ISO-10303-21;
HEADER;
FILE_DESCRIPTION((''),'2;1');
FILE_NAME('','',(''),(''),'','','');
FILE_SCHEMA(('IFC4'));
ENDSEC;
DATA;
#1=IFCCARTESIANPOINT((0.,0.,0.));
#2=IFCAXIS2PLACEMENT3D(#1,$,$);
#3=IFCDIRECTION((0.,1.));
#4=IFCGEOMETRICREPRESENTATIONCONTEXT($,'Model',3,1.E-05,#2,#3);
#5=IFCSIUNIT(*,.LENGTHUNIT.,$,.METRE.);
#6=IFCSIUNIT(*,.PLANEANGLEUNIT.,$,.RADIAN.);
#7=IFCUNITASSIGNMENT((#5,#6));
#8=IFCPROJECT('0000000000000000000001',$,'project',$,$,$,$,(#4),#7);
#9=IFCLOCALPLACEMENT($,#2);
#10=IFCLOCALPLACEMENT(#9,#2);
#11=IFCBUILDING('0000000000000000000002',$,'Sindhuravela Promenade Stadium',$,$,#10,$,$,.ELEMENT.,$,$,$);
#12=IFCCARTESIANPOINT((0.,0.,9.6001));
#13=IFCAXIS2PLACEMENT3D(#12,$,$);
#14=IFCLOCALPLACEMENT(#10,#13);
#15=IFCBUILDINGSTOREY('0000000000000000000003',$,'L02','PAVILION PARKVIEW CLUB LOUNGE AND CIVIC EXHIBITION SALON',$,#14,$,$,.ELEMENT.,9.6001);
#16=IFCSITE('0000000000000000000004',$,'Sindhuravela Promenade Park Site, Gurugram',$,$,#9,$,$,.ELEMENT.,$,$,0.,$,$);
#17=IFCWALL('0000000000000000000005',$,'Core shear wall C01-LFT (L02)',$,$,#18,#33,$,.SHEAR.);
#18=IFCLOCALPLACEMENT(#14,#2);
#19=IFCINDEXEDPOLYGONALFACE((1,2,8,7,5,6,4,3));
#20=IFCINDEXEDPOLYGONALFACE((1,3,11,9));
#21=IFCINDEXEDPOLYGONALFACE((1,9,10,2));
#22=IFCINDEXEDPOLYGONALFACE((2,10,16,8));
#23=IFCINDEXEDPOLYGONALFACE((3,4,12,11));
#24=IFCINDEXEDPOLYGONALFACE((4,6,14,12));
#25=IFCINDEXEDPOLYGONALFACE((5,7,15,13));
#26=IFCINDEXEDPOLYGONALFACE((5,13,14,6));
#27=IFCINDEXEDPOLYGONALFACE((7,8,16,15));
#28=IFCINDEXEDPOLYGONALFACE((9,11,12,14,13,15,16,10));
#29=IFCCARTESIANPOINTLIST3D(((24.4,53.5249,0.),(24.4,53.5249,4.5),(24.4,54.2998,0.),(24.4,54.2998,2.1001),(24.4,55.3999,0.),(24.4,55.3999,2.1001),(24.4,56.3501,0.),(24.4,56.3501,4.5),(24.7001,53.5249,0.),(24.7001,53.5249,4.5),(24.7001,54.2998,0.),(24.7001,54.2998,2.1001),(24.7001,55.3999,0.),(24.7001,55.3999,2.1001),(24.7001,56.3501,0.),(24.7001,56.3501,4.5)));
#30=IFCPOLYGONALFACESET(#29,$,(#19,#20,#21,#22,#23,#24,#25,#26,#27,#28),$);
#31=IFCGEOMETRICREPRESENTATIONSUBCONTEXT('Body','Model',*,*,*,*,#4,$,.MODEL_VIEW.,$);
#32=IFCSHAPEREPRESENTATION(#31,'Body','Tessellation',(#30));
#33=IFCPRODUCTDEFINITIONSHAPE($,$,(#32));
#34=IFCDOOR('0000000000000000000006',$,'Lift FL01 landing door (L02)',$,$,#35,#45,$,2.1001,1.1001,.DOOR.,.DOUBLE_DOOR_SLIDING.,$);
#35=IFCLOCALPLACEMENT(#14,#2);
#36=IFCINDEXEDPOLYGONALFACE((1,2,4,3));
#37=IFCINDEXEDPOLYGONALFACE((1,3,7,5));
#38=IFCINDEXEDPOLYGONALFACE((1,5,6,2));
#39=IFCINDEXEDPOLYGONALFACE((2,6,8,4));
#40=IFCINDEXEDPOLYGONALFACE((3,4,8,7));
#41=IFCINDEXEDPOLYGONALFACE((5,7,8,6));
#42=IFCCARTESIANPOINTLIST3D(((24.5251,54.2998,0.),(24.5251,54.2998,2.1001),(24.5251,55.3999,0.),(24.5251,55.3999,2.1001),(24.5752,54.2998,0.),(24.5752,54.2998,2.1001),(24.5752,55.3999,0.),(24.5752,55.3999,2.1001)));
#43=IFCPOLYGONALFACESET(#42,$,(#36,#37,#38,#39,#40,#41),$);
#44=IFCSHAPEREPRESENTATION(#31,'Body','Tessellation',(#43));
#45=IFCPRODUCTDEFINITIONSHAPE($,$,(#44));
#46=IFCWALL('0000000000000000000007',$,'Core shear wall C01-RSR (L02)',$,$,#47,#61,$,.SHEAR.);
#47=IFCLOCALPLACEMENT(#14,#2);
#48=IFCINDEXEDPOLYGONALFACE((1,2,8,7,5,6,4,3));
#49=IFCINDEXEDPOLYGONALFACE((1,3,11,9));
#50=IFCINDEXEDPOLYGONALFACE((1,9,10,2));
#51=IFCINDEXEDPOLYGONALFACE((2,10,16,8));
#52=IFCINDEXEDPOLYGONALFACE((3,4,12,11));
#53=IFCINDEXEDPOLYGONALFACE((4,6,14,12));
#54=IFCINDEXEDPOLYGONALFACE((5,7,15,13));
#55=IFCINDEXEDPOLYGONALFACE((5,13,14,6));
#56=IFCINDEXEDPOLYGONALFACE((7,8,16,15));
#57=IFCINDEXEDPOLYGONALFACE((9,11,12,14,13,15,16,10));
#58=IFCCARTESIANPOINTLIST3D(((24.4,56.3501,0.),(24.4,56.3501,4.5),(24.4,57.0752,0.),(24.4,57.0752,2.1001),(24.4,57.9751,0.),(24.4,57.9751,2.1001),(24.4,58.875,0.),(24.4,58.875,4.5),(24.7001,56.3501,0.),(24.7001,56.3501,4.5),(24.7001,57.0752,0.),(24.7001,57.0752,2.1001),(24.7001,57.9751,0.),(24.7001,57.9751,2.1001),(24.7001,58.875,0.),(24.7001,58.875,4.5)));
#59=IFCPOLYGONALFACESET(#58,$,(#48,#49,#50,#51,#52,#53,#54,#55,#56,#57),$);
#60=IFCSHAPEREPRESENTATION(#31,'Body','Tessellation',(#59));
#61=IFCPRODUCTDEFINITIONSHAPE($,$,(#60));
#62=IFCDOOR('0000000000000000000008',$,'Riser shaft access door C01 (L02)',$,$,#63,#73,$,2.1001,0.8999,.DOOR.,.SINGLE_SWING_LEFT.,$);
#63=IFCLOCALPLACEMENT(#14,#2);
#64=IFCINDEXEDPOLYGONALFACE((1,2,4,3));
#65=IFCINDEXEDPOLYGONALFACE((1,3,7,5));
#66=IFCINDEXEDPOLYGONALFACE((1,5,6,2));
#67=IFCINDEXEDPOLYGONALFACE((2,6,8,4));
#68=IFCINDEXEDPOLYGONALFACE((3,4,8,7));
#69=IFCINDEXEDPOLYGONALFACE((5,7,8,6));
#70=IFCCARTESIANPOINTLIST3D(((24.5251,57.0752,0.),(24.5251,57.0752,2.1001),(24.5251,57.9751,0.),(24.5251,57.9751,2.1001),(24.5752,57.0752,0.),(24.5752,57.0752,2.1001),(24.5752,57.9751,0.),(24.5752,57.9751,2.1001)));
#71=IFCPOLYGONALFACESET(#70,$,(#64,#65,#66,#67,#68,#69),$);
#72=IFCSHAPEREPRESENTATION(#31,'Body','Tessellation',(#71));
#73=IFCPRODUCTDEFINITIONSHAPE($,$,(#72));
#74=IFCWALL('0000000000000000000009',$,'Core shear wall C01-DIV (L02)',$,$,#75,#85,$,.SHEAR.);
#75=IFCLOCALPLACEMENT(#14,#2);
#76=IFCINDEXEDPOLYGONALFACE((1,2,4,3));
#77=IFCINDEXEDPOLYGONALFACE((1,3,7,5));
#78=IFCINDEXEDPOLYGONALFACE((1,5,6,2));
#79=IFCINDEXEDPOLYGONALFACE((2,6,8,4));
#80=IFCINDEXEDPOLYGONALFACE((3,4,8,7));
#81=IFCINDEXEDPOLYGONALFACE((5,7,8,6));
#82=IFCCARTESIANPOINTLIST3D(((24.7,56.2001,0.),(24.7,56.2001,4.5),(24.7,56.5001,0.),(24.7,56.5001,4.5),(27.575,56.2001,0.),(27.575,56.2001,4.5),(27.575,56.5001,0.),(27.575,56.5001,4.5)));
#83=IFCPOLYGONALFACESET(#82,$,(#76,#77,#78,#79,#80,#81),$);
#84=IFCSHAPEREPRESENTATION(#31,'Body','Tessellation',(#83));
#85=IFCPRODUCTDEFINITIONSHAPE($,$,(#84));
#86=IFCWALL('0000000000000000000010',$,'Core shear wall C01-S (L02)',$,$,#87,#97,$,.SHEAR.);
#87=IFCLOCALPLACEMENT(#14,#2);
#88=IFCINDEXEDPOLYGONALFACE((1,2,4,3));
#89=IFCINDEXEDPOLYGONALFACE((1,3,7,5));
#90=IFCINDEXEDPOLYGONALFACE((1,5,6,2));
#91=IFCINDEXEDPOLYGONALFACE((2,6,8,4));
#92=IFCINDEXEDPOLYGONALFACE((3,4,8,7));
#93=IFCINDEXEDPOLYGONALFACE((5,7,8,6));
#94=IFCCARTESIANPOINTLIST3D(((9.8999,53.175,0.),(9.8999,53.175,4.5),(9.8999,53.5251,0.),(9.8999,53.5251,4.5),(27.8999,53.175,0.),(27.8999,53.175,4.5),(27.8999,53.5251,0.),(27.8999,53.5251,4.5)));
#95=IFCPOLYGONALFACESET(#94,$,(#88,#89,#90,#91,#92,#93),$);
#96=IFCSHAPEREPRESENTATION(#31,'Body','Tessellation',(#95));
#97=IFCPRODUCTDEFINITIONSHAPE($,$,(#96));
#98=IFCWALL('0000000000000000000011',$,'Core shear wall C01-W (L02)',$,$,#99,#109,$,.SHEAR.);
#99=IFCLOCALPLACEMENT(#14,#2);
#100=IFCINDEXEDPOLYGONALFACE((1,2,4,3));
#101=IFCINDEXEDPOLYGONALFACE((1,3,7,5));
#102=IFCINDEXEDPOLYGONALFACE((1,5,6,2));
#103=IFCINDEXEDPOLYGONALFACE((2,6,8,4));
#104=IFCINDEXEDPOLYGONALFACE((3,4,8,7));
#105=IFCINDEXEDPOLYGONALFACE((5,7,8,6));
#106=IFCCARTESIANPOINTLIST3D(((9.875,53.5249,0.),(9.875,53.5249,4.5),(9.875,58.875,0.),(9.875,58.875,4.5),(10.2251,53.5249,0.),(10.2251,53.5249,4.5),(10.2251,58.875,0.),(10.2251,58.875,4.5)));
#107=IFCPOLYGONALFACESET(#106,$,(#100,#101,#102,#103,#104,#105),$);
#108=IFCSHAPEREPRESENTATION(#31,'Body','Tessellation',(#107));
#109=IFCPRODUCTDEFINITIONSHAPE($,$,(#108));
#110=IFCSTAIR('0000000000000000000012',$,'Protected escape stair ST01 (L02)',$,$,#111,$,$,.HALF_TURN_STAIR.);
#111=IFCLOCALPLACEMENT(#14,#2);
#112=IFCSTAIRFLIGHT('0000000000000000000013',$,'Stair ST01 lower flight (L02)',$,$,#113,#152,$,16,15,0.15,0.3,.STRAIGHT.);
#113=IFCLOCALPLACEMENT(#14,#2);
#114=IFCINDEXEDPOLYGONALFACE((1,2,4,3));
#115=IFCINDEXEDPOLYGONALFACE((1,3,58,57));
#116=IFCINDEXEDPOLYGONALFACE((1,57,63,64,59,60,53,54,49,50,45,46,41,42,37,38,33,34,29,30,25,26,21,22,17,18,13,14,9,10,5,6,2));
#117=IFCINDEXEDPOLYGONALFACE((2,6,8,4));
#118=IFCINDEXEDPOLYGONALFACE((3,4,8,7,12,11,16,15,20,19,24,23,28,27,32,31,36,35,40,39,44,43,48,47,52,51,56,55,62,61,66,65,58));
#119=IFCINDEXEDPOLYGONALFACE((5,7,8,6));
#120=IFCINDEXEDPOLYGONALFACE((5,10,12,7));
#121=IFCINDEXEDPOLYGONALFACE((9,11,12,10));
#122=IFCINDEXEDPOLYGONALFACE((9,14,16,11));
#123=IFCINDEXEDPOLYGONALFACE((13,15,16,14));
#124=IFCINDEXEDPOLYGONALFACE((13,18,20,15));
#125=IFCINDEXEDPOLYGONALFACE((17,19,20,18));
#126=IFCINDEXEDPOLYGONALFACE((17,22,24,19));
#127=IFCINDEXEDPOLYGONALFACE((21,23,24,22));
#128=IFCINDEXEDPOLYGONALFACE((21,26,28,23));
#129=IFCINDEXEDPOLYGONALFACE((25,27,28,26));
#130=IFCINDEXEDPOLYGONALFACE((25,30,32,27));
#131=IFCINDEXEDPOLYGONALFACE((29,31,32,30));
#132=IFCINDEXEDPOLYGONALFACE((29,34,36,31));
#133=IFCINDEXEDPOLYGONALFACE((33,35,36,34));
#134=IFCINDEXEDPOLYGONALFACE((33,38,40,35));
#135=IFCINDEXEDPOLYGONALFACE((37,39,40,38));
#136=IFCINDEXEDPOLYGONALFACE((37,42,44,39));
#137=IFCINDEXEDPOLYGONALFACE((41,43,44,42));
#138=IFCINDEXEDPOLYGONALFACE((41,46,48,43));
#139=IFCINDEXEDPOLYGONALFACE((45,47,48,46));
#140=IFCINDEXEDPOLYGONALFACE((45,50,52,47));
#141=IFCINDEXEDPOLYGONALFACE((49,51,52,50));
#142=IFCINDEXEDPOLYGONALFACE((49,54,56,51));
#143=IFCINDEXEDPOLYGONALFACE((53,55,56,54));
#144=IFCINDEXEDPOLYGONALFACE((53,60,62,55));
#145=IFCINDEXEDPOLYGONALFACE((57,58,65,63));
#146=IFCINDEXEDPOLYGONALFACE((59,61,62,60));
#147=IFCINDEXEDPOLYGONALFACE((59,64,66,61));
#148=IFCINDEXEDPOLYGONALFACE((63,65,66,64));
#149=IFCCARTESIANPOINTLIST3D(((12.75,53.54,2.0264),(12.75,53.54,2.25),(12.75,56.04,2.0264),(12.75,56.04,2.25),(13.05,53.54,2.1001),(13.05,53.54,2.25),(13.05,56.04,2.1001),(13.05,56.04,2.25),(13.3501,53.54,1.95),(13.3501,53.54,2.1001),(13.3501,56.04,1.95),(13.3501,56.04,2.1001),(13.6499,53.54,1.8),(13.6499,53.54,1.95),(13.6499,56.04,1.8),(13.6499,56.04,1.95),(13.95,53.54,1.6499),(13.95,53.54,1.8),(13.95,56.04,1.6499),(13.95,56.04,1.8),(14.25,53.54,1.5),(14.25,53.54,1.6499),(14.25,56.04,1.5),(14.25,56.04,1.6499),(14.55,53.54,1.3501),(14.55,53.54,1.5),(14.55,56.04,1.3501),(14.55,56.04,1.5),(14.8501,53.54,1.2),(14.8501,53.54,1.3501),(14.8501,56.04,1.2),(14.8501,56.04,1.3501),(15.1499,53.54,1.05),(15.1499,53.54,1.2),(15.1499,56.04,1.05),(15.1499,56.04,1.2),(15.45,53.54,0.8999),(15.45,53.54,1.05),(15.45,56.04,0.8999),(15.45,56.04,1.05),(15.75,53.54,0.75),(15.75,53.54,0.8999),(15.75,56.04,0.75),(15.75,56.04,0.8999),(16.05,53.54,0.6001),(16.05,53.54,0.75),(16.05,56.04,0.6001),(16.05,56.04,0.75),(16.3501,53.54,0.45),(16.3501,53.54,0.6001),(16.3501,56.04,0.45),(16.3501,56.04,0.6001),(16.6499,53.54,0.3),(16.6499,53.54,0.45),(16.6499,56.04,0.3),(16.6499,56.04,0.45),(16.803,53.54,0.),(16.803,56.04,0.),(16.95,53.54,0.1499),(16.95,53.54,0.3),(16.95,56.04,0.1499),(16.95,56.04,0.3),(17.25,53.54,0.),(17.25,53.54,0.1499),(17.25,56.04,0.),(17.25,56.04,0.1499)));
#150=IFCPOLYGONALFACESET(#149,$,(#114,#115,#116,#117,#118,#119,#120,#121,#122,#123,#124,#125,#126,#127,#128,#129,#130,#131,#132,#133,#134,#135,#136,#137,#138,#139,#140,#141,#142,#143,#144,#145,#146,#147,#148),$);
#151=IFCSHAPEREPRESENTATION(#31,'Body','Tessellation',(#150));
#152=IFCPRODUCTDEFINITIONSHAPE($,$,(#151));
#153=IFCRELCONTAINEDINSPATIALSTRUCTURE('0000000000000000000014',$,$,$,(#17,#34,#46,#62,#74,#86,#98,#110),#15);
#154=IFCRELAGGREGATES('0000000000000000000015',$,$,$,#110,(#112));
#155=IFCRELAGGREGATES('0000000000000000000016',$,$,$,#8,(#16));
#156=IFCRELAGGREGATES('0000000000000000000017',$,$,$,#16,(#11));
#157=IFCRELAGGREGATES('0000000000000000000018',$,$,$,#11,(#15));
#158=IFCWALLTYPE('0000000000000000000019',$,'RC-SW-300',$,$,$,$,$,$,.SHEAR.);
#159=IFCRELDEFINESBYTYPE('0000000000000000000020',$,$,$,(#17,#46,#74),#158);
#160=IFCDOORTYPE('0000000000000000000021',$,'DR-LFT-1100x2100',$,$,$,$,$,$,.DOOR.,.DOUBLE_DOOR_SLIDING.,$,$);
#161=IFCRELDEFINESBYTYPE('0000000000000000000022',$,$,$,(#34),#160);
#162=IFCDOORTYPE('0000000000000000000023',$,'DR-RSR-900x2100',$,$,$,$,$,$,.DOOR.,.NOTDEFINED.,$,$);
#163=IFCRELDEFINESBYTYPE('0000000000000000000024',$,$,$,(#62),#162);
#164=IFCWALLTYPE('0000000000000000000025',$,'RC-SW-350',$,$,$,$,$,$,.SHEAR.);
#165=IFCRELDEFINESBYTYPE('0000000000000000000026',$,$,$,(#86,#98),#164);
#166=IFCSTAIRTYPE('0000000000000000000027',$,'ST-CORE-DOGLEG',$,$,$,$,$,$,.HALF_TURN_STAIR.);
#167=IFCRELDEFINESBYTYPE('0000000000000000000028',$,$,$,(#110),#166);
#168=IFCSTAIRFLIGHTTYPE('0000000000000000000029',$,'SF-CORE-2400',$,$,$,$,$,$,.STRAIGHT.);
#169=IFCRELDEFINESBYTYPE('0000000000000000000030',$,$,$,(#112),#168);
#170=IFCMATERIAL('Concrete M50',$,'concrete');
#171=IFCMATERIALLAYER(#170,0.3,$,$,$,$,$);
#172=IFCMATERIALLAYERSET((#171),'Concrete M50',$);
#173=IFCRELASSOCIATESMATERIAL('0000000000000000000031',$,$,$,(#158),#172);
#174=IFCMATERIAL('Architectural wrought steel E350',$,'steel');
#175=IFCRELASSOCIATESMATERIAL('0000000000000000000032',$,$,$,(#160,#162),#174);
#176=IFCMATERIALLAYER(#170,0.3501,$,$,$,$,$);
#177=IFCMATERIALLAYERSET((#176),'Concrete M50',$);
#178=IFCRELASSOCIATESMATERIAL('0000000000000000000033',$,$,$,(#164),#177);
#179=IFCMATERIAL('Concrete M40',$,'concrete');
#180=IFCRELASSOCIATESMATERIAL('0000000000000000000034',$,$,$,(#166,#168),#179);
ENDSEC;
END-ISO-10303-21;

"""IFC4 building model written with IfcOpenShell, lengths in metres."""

from ifc_helpers import new_model, si_unit, direction, frame, frame_2d, origin, place, context, subcontext, project, spatial, polyline, rectangle, outline, extrude, material, layer, layer_set, type_object, element, fill, aggregate, save


model = new_model("IFC4")

# Units and contexts
model_context = context("Model", 3, precision=1e-05, world=origin(), true_north=direction((0.0, 1.0)))
body_context = subcontext(model_context, "Body", "Model", "MODEL_VIEW")
ifc_project = project(units=[si_unit("LENGTHUNIT", "METRE"), si_unit("PLANEANGLEUNIT", "RADIAN")], contexts=[model_context])

# Site, building, storey
site_placement = place(None, origin())
site = spatial("IfcSite", under=ifc_project, at=site_placement, Name="Sindhuravela Promenade Park Site, Gurugram", CompositionType="ELEMENT", RefElevation=0.0)
building_placement = place(site_placement, origin())
building = spatial("IfcBuilding", under=site, at=building_placement, Name="Sindhuravela Promenade Stadium", CompositionType="ELEMENT")
storey_placement = place(building_placement, frame((0.0, 0.0, 9.6001)))
storey = spatial("IfcBuildingStorey", under=building, at=storey_placement, Name="L02", Description="PAVILION PARKVIEW CLUB LOUNGE AND CIVIC EXHIBITION SALON", CompositionType="ELEMENT", Elevation=9.6001)

# Shared definitions
ifc_material_1 = material(Name="Concrete M50", Category="concrete")

# Shared definitions
ifc_material_2 = material(Name="Concrete M40", Category="concrete")

# Walls, openings, doors
ifc_layer_1 = layer(ifc_material_1, 0.3)
ifc_layer_set_1 = layer_set([ifc_layer_1], Name="Concrete M50")
wall_type_1 = type_object("IfcWallType", Name="RC-SW-300", PredefinedType="SHEAR", material=ifc_layer_set_1)
ifc_material_3 = material(Name="Architectural wrought steel E350", Category="steel")
wall_1_placement = place(storey_placement, frame((24.55, 53.5249, 0.0), z_axis=(0.0, 0.0, 1.0), x_axis=(0.0, 1.0, 0.0)))
wall_1 = element("IfcWall", 1, at=wall_1_placement, inside=storey, type_object=wall_type_1, Name="Core shear wall C01-LFT (L02)", PredefinedType="SHEAR", context=body_context, shape_type="SweptSolid", body=[
    extrude(rectangle(XDim=2.8252, YDim=0.3, at=frame_2d((1.4126, 0.0))), origin(), (0.0, 0.0, 1.0), 4.5),
])
opening_1_placement = place(wall_1_placement, frame((0.7749, 0.0, 0.0)))
opening_1 = element("IfcOpeningElement", 2, at=opening_1_placement, cuts=wall_1, PredefinedType="OPENING", context=body_context, shape_type="SweptSolid", body=[
    extrude(rectangle(XDim=1.1001, YDim=2.1001, at=frame_2d((0.55, 1.05))), frame((0.0, 0.1599, 0.0), z_axis=(0.0, -1.0, 0.0), x_axis=(1.0, 0.0, 0.0)), (0.0, 0.0, 1.0), 0.3201),
])
door_type_1 = type_object("IfcDoorType", Name="DR-LFT-1100x2100", OperationType="DOUBLE_DOOR_SLIDING", PredefinedType="DOOR", material=ifc_material_3)
door_1_placement = place(opening_1_placement, origin())
door_1 = element("IfcDoor", 3, at=door_1_placement, inside=storey, type_object=door_type_1, Name="Lift FL01 landing door (L02)", OperationType="DOUBLE_DOOR_SLIDING", OverallHeight=2.1001, OverallWidth=1.1001, PredefinedType="DOOR", context=body_context, shape_type="SweptSolid", body=[
    extrude(rectangle(XDim=1.1001, YDim=2.1001, at=frame_2d((0.55, 1.05))), frame((0.0, 0.0249, 0.0), z_axis=(0.0, -1.0, 0.0), x_axis=(1.0, 0.0, 0.0)), (0.0, 0.0, 1.0), 0.05),
])
fill(opening_1, door_1)
wall_2_placement = place(storey_placement, frame((24.55, 56.3501, 0.0), z_axis=(0.0, 0.0, 1.0), x_axis=(0.0, 1.0, 0.0)))
wall_2 = element("IfcWall", 4, at=wall_2_placement, inside=storey, type_object=wall_type_1, Name="Core shear wall C01-RSR (L02)", PredefinedType="SHEAR", context=body_context, shape_type="SweptSolid", body=[
    extrude(rectangle(XDim=2.5249, YDim=0.3, at=frame_2d((1.2625, 0.0))), origin(), (0.0, 0.0, 1.0), 4.5),
])
opening_2_placement = place(wall_2_placement, frame((0.7251, 0.0, 0.0)))
opening_2 = element("IfcOpeningElement", 5, at=opening_2_placement, cuts=wall_2, PredefinedType="OPENING", context=body_context, shape_type="SweptSolid", body=[
    extrude(rectangle(XDim=0.8999, YDim=2.1001, at=frame_2d((0.45, 1.05))), frame((0.0, 0.1599, 0.0), z_axis=(0.0, -1.0, 0.0), x_axis=(1.0, 0.0, 0.0)), (0.0, 0.0, 1.0), 0.3201),
])
door_type_2 = type_object("IfcDoorType", Name="DR-RSR-900x2100", OperationType="NOTDEFINED", PredefinedType="DOOR", material=ifc_material_3)
door_2_placement = place(opening_2_placement, origin())
door_2 = element("IfcDoor", 6, at=door_2_placement, inside=storey, type_object=door_type_2, Name="Riser shaft access door C01 (L02)", OperationType="SINGLE_SWING_LEFT", OverallHeight=2.1001, OverallWidth=0.8999, PredefinedType="DOOR", context=body_context, shape_type="SweptSolid", body=[
    extrude(rectangle(XDim=0.8999, YDim=2.1001, at=frame_2d((0.45, 1.05))), frame((0.0, 0.0249, 0.0), z_axis=(0.0, -1.0, 0.0), x_axis=(1.0, 0.0, 0.0)), (0.0, 0.0, 1.0), 0.05),
])
fill(opening_2, door_2)

# Walls
wall_3_placement = place(storey_placement, frame((24.7, 56.3501, 0.0), z_axis=(0.0, 0.0, 1.0), x_axis=(1.0, 0.0, 0.0)))
element("IfcWall", 7, at=wall_3_placement, inside=storey, type_object=wall_type_1, Name="Core shear wall C01-DIV (L02)", PredefinedType="SHEAR", context=body_context, shape_type="SweptSolid", body=[
    extrude(rectangle(XDim=2.875, YDim=0.3, at=frame_2d((1.4375, 0.0))), origin(), (0.0, 0.0, 1.0), 4.5),
])
ifc_layer_2 = layer(ifc_material_1, 0.3501)
ifc_layer_set_2 = layer_set([ifc_layer_2], Name="Concrete M50")
wall_type_2 = type_object("IfcWallType", Name="RC-SW-350", PredefinedType="SHEAR", material=ifc_layer_set_2)
wall_4_placement = place(storey_placement, frame((9.8999, 53.3501, 0.0), z_axis=(0.0, 0.0, 1.0), x_axis=(1.0, 0.0, 0.0)))
element("IfcWall", 8, at=wall_4_placement, inside=storey, type_object=wall_type_2, Name="Core shear wall C01-S (L02)", PredefinedType="SHEAR", context=body_context, shape_type="SweptSolid", body=[
    extrude(rectangle(XDim=18.0, YDim=0.3501, at=frame_2d((9.0, 0.0))), origin(), (0.0, 0.0, 1.0), 4.5),
])
wall_5_placement = place(storey_placement, frame((10.05, 58.875, 0.0), z_axis=(0.0, 0.0, 1.0), x_axis=(0.0, -1.0, 0.0)))
element("IfcWall", 9, at=wall_5_placement, inside=storey, type_object=wall_type_2, Name="Core shear wall C01-W (L02)", PredefinedType="SHEAR", context=body_context, shape_type="SweptSolid", body=[
    extrude(rectangle(XDim=5.3501, YDim=0.3501, at=frame_2d((2.675, 0.0))), origin(), (0.0, 0.0, 1.0), 4.5),
])

# Stair, stair flight
stair_type = type_object("IfcStairType", Name="ST-CORE-DOGLEG", PredefinedType="HALF_TURN_STAIR", material=ifc_material_2)
stair_placement = place(storey_placement, origin())
stair = element("IfcStair", 10, at=stair_placement, inside=storey, type_object=stair_type, Name="Protected escape stair ST01 (L02)", PredefinedType="HALF_TURN_STAIR")
stair_flight_type = type_object("IfcStairFlightType", Name="SF-CORE-2400", PredefinedType="STRAIGHT", material=ifc_material_2)
stair_flight_1_placement = place(storey_placement, frame((17.25, 54.79, 0.0), z_axis=(0.0, 0.0, 1.0), x_axis=(-1.0, 0.0, 0.0)))
stair_flight_1 = element("IfcStairFlight", 11, at=stair_flight_1_placement, type_object=stair_flight_type, Name="Stair ST01 lower flight (L02)", NumberOfRisers=16, NumberOfTreads=15, PredefinedType="STRAIGHT", RiserHeight=0.15, TreadLength=0.3, context=body_context, shape_type="SweptSolid", body=[
    extrude(outline(polyline([(0.0, 0.0), (0.0, 0.1499), (0.3, 0.1499), (0.3, 0.3), (0.6001, 0.3), (0.6001, 0.45), (0.8999, 0.45), (0.8999, 0.6001), (1.2, 0.6001), (1.2, 0.75), (1.5, 0.75), (1.5, 0.8999), (1.8, 0.8999), (1.8, 1.05), (2.1001, 1.05), (2.1001, 1.2), (2.3999, 1.2), (2.3999, 1.3501), (2.7, 1.3501), (2.7, 1.5), (3.0, 1.5), (3.0, 1.6499), (3.3, 1.6499), (3.3, 1.8), (3.6001, 1.8), (3.6001, 1.95), (3.8999, 1.95), (3.8999, 2.1001), (4.2, 2.1001), (4.2, 2.25), (4.5, 2.25), (4.5, 2.3999), (4.5, 2.0264), (0.447, 0.0), (0.0, 0.0)])), frame((0.0, 1.25, 0.0), z_axis=(0.0, -1.0, 0.0), x_axis=(1.0, 0.0, 0.0)), (0.0, 0.0, 1.0), 2.5),
])
aggregate(stair, [stair_flight_1])

save(model, "model.ifc")
